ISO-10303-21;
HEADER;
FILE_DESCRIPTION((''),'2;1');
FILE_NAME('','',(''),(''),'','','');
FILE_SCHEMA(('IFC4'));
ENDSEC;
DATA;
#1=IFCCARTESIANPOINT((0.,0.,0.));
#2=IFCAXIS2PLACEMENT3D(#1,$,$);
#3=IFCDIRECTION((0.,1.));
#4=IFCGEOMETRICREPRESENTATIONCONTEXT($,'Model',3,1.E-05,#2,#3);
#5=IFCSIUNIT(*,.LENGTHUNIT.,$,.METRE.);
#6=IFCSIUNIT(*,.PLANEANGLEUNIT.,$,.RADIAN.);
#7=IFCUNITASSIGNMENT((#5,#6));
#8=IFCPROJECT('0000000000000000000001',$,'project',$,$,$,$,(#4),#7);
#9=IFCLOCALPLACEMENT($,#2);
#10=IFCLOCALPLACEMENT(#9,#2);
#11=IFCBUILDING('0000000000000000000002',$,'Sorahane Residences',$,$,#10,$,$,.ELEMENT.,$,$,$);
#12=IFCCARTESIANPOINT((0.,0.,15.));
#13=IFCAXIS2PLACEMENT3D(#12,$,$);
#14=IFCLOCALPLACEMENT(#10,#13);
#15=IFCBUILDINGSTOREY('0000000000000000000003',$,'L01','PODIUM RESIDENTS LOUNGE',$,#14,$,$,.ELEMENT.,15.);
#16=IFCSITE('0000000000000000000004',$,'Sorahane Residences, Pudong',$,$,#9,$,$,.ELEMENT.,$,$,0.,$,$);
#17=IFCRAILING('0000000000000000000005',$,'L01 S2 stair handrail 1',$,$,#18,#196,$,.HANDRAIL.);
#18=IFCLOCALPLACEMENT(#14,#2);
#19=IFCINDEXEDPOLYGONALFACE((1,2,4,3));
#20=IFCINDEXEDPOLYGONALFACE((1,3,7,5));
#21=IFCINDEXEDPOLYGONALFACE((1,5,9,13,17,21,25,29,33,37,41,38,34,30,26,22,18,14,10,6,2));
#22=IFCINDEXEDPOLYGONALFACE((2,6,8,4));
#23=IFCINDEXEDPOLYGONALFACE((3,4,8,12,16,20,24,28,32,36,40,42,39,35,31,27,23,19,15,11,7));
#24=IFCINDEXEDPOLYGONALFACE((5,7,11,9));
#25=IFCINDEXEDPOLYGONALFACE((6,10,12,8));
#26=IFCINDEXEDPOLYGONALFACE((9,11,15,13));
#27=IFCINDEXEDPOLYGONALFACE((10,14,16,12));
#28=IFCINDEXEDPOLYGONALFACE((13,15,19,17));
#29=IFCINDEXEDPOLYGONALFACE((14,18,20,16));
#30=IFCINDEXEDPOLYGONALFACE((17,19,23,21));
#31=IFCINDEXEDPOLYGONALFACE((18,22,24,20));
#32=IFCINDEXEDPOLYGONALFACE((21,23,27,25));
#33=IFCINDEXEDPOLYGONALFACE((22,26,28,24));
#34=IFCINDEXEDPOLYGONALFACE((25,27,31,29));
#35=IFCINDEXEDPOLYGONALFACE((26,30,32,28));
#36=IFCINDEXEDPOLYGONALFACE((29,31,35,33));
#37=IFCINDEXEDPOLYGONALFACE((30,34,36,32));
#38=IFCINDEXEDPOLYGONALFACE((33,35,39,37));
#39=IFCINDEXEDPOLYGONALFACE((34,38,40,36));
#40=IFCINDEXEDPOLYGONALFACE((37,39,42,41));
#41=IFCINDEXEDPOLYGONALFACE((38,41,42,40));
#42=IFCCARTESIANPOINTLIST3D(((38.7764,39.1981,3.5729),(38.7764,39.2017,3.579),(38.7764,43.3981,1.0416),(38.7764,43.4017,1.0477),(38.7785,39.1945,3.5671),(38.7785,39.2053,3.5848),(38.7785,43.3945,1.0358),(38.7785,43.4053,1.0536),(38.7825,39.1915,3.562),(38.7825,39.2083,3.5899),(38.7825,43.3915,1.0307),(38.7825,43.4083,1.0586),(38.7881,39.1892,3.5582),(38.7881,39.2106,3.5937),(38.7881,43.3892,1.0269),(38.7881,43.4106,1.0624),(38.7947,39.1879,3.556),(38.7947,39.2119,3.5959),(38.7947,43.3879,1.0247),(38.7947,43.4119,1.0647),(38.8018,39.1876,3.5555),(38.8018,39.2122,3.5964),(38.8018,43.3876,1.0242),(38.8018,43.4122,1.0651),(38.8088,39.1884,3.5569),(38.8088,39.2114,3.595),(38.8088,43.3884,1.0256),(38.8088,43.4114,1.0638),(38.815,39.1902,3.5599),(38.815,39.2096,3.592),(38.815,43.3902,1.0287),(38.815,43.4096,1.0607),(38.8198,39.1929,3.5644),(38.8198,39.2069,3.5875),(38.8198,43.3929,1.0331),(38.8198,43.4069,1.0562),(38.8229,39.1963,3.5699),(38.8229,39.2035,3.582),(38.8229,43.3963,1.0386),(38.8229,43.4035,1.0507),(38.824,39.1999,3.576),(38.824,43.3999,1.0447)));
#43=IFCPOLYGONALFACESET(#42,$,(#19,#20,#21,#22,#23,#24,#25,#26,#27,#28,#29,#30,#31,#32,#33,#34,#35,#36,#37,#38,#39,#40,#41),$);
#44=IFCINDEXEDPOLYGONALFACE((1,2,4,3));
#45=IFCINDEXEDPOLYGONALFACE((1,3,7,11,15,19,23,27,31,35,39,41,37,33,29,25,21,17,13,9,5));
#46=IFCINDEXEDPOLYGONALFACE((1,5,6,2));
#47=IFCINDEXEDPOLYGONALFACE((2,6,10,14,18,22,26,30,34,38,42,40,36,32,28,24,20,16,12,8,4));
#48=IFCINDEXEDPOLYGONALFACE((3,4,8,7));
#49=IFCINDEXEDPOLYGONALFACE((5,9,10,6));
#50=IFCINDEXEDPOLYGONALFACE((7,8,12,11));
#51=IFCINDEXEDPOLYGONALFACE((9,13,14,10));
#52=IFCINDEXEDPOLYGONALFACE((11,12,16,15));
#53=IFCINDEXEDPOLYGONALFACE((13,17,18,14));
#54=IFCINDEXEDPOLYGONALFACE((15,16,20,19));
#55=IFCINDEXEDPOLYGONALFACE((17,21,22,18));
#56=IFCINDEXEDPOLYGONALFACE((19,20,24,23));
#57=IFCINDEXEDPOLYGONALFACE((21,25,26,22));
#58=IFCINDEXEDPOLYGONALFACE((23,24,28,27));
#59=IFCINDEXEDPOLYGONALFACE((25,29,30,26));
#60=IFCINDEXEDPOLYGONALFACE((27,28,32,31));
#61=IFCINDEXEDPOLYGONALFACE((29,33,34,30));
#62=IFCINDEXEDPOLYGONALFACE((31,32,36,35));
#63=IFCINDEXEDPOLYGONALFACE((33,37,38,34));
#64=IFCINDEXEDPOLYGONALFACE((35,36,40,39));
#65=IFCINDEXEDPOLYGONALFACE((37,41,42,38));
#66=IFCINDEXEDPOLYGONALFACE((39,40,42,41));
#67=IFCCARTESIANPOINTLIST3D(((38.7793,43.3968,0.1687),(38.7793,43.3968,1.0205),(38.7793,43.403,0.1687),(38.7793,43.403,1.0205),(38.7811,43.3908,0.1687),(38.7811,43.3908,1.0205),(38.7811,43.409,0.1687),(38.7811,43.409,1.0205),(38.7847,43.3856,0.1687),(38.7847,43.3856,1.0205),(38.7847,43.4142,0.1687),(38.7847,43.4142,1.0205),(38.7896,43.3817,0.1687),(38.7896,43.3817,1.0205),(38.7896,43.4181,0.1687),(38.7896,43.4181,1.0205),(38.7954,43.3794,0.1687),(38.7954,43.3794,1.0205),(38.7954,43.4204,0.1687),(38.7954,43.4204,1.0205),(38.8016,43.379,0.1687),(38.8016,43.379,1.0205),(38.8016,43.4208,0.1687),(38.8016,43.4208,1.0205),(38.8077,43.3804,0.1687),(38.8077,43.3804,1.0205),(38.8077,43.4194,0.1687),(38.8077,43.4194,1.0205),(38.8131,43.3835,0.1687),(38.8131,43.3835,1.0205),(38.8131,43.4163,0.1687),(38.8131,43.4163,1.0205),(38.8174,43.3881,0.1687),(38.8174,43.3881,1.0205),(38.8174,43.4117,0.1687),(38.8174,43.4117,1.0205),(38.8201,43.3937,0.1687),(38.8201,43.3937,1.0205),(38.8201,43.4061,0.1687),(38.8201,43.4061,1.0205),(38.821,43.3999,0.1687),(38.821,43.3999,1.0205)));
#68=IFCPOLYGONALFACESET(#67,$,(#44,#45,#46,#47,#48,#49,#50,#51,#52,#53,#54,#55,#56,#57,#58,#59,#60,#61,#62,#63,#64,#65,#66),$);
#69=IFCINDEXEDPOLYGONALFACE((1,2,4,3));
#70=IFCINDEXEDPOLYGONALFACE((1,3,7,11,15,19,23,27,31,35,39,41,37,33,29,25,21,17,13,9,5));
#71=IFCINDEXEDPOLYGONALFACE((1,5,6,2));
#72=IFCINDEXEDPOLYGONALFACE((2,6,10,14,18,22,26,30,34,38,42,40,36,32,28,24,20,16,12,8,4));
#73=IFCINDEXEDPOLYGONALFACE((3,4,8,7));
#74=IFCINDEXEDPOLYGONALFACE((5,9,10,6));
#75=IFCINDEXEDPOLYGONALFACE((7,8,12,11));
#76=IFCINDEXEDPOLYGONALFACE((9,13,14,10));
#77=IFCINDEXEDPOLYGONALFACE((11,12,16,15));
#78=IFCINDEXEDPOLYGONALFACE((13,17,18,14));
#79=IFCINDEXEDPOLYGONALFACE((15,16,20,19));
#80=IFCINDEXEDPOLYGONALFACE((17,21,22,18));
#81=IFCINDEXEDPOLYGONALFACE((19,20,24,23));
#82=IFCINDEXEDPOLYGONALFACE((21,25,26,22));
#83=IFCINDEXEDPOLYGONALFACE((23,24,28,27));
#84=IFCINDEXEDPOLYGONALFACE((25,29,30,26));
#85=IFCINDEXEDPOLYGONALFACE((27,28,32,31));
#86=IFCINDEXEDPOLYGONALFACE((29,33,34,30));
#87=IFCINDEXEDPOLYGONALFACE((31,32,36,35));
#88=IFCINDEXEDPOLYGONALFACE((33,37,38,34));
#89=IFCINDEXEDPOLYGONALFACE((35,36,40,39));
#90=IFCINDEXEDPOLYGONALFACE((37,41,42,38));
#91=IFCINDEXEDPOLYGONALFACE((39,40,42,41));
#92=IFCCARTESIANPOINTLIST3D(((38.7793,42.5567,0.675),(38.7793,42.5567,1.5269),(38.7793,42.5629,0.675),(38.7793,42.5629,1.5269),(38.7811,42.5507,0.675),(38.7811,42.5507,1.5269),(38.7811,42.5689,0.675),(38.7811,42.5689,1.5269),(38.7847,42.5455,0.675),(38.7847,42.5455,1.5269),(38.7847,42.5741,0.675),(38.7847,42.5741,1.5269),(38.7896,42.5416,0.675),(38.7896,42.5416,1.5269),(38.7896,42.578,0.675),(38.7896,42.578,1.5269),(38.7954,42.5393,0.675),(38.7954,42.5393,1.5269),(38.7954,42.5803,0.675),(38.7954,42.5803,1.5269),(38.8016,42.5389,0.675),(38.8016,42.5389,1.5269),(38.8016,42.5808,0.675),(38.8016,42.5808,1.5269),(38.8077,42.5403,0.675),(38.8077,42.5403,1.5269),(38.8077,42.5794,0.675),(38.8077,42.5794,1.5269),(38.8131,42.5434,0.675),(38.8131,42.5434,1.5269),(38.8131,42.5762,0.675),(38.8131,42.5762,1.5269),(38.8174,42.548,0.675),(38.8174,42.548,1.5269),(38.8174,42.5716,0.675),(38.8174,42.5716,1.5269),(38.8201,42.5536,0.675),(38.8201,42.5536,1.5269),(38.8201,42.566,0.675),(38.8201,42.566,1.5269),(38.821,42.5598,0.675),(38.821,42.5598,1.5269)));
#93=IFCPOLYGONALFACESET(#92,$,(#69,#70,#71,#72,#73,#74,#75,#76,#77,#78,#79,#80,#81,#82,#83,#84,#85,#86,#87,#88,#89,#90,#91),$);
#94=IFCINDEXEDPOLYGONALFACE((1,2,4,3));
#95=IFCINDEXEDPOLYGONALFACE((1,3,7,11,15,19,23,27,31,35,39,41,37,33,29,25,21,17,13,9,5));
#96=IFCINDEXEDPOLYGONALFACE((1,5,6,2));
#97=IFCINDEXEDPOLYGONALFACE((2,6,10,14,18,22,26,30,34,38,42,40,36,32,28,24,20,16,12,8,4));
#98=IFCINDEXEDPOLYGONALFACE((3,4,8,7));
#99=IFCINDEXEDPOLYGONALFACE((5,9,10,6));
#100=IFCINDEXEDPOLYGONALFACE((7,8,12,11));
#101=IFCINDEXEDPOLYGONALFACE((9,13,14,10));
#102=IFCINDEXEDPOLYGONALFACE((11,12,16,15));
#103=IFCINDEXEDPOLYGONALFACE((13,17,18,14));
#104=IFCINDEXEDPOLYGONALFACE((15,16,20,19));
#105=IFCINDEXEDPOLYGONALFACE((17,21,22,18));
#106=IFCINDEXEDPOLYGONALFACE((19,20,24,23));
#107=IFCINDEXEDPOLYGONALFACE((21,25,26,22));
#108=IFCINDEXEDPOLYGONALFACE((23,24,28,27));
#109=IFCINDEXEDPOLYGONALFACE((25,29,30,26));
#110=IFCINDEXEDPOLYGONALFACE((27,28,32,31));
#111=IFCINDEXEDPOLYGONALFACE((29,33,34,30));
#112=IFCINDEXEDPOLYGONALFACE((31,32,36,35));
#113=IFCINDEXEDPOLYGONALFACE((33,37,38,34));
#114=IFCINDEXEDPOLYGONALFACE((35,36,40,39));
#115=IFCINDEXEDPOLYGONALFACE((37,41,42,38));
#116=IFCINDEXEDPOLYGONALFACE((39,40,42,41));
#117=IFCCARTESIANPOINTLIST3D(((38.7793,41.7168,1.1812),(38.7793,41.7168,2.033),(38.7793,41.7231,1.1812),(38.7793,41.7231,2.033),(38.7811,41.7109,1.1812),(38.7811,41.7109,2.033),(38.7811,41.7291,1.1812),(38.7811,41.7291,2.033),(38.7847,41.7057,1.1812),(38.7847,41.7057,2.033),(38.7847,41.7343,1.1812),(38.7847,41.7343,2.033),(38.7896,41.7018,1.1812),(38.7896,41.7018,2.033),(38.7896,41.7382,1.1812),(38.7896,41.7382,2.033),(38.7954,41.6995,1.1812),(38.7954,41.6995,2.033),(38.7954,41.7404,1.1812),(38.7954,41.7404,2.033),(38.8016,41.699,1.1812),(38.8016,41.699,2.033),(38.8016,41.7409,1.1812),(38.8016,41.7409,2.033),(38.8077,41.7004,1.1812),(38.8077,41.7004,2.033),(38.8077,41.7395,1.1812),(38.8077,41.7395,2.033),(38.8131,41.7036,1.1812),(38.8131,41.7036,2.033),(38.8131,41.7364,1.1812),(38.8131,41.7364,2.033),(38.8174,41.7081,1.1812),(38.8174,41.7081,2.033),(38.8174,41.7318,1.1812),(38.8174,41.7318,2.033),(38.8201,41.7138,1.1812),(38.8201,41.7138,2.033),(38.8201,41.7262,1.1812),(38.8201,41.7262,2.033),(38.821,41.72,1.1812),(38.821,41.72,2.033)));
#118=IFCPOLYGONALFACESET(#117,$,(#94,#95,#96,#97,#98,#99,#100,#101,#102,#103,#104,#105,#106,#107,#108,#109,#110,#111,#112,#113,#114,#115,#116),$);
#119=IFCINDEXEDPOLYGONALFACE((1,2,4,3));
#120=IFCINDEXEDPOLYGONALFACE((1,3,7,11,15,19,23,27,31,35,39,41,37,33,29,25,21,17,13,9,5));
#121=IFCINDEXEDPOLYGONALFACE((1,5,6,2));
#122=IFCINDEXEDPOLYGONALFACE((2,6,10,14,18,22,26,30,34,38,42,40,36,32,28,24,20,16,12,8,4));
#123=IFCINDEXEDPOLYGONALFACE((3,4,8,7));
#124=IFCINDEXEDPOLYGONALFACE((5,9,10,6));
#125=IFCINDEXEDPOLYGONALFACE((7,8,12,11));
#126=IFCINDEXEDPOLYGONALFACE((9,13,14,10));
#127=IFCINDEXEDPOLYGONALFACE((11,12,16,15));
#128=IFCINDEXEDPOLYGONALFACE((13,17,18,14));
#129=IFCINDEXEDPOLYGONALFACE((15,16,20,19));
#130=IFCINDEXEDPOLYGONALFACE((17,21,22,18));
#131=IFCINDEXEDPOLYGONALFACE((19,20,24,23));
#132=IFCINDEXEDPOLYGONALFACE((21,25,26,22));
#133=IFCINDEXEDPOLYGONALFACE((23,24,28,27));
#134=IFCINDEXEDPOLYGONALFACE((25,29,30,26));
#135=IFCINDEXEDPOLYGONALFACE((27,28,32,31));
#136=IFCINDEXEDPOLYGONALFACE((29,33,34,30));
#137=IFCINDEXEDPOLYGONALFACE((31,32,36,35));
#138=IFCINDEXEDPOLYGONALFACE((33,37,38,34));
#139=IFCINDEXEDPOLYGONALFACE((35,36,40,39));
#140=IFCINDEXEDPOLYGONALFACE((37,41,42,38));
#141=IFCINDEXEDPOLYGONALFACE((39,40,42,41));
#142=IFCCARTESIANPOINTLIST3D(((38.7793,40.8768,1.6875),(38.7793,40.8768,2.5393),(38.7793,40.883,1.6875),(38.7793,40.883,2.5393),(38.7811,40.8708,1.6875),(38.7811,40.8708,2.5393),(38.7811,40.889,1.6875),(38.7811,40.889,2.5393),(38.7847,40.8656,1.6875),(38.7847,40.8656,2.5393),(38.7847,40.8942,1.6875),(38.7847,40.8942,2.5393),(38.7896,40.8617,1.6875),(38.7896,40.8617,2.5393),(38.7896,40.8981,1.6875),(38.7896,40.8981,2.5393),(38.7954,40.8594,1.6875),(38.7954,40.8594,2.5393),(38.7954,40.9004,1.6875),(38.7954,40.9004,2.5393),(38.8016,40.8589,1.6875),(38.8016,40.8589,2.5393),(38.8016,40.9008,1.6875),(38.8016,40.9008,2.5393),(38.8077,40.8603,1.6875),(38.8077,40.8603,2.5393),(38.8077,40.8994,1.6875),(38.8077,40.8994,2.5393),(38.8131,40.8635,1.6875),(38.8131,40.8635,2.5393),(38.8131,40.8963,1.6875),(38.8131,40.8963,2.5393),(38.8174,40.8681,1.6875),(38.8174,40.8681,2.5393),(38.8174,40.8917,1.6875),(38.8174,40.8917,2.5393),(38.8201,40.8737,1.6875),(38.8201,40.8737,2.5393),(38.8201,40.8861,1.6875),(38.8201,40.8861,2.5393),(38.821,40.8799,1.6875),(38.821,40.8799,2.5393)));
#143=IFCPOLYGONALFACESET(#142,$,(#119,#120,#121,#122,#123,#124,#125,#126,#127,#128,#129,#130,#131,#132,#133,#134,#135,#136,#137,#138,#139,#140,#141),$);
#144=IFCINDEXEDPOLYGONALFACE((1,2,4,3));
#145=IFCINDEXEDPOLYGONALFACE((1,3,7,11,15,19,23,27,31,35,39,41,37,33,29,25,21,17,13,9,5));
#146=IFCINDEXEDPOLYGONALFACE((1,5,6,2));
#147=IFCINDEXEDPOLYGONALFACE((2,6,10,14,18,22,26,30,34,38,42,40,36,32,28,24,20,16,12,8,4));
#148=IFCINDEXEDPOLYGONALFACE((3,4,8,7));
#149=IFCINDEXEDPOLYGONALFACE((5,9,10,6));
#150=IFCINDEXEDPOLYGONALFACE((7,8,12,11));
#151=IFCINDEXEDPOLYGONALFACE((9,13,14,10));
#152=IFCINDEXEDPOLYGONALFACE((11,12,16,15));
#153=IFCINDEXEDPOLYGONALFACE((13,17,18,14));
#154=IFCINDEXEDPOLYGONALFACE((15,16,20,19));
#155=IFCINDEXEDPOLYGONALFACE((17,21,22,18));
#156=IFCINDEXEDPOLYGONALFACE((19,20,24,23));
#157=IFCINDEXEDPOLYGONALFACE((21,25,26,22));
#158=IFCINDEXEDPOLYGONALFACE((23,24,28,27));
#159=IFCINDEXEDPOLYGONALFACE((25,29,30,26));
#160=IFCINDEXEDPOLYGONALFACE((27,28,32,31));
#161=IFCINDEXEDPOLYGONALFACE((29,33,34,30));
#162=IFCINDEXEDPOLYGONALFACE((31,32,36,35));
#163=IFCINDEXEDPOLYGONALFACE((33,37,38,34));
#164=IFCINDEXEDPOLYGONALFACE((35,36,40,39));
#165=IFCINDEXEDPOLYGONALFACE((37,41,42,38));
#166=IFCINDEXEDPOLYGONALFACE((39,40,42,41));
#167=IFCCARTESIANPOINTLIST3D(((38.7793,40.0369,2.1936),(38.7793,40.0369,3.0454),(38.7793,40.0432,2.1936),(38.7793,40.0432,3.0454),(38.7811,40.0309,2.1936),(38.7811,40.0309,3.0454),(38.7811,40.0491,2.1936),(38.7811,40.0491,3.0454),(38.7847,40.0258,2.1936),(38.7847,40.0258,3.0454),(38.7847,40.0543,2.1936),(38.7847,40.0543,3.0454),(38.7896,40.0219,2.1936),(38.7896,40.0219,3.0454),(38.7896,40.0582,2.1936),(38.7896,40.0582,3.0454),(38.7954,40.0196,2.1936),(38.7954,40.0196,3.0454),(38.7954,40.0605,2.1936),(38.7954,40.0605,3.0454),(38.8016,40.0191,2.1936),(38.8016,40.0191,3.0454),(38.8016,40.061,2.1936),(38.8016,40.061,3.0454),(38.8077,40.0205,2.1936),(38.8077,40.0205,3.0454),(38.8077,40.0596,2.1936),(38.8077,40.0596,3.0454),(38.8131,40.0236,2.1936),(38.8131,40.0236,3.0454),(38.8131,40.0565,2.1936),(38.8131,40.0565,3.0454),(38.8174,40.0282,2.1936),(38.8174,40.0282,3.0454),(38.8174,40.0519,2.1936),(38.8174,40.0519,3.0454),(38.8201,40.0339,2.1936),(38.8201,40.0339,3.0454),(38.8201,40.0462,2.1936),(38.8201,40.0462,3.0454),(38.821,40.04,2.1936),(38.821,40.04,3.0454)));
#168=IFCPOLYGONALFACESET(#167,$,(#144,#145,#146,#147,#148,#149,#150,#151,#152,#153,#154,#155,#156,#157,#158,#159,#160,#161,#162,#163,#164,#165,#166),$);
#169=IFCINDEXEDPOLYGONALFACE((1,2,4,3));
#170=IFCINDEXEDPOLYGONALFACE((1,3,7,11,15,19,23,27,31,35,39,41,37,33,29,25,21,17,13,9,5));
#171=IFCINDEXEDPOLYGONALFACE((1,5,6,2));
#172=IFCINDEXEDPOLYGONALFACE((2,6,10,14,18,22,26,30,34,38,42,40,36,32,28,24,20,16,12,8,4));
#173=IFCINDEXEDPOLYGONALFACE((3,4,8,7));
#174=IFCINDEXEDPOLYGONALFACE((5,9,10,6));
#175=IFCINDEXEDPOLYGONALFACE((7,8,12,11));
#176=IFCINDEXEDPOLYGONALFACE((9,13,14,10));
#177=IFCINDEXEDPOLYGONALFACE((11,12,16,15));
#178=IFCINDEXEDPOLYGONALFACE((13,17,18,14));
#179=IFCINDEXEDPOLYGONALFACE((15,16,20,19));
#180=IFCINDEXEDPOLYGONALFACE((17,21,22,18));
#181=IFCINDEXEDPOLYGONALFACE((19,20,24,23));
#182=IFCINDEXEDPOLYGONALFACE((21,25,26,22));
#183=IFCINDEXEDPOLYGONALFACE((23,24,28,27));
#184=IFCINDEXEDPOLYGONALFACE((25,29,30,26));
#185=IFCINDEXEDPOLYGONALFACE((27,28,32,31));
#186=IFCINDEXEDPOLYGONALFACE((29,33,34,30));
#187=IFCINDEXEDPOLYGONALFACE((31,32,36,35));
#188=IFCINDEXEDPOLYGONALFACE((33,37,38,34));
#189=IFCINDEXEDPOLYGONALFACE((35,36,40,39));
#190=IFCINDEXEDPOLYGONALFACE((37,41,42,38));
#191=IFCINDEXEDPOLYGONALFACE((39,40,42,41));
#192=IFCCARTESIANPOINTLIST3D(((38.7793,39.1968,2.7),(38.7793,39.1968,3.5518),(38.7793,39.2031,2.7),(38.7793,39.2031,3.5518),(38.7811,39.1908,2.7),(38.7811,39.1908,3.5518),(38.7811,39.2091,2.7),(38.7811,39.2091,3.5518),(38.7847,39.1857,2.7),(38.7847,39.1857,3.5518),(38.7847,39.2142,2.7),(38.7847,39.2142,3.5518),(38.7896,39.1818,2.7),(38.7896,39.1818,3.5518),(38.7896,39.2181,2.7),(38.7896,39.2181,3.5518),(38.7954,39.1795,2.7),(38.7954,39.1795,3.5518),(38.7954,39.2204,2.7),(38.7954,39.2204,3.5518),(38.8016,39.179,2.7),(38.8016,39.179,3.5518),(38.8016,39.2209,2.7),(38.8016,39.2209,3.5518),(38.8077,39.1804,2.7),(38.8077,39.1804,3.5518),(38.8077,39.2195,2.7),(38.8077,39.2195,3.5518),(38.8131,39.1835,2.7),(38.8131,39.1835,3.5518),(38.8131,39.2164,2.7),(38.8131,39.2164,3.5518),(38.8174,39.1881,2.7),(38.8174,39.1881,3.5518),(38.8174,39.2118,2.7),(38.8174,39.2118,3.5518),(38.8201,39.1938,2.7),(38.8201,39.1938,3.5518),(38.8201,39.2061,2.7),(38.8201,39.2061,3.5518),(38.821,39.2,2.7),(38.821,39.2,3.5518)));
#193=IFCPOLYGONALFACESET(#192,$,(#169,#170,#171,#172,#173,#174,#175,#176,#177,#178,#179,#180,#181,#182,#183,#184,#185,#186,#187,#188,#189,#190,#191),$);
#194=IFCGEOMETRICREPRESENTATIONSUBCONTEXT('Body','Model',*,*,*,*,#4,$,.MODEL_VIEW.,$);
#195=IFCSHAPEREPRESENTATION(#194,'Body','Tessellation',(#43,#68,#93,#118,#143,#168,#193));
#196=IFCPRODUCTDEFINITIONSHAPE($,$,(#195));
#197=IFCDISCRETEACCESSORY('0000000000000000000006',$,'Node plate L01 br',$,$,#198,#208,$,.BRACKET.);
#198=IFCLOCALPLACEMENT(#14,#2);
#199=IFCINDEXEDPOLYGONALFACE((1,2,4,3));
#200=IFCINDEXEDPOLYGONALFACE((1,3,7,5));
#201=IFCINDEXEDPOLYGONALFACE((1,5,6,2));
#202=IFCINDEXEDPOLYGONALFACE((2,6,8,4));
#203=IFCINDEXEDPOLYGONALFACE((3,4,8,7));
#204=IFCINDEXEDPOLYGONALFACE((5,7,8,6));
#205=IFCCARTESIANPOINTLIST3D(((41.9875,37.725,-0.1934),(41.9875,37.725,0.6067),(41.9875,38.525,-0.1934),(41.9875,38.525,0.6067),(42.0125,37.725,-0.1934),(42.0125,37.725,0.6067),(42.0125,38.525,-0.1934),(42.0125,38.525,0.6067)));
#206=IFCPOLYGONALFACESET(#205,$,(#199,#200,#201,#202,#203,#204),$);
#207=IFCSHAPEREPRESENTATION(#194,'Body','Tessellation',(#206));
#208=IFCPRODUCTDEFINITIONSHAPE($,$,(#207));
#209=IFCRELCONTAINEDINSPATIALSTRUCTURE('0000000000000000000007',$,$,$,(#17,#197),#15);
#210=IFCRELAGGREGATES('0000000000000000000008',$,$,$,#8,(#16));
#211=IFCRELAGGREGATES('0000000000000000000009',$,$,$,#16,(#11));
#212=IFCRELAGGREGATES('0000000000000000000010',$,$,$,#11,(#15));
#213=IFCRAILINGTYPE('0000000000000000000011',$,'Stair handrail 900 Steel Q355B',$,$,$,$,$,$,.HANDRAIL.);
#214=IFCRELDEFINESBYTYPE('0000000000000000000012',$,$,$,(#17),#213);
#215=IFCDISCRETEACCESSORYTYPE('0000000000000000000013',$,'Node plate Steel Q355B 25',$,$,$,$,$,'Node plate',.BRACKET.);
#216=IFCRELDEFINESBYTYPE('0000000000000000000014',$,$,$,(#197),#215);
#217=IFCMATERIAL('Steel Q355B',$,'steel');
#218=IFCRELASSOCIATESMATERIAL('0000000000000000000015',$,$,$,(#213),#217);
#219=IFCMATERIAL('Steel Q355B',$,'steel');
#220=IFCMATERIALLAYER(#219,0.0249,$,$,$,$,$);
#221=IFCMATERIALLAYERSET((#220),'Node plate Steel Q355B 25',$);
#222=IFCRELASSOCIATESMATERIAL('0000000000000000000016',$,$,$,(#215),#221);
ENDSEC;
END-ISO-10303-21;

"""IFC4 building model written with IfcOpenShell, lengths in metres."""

from ifc_helpers import new_model, si_unit, direction, frame, origin, origin_2d, place, context, subcontext, project, spatial, rectangle, circle, extrude, material, layer, layer_set, type_object, element, save


model = new_model("IFC4")

# Units and contexts
model_context = context("Model", 3, precision=1e-05, world=origin(), true_north=direction((0.0, 1.0)))
body_context = subcontext(model_context, "Body", "Model", "MODEL_VIEW")
ifc_project = project(units=[si_unit("LENGTHUNIT", "METRE"), si_unit("PLANEANGLEUNIT", "RADIAN")], contexts=[model_context])

# Site, building, storey
site_placement = place(None, origin())
site = spatial("IfcSite", under=ifc_project, at=site_placement, Name="Sorahane Residences, Pudong", CompositionType="ELEMENT", RefElevation=0.0)
building_placement = place(site_placement, origin())
building = spatial("IfcBuilding", under=site, at=building_placement, Name="Sorahane Residences", CompositionType="ELEMENT")
storey_placement = place(building_placement, frame((0.0, 0.0, 15.0)))
storey = spatial("IfcBuildingStorey", under=building, at=storey_placement, Name="L01", Description="PODIUM RESIDENTS LOUNGE", CompositionType="ELEMENT", Elevation=15.0)

# Railing
ifc_material_1 = material(Name="Steel Q355B", Category="steel")
railing_type_1 = type_object("IfcRailingType", Name="Stair handrail 900 Steel Q355B", PredefinedType="HANDRAIL", material=ifc_material_1)
railing_1_placement = place(storey_placement, frame((38.8, 43.3999, 0.1687)))
element("IfcRailing", 1, at=railing_1_placement, inside=storey, type_object=railing_type_1, Name="L01 S2 stair handrail 1", PredefinedType="HANDRAIL", context=body_context, shape_type="SweptSolid", body=[
    extrude(circle(Radius=0.0239, at=origin_2d()), frame((0.0, 0.0, 0.876), z_axis=(0.0, -0.856476, 0.516186), x_axis=(1.0, 0.0, 0.0)), (0.0, 0.0, 1.0), 4.9038),
    extrude(circle(Radius=0.021, at=origin_2d()), origin(), (0.0, 0.0, 1.0), 0.8518),
    extrude(circle(Radius=0.021, at=origin_2d()), frame((0.0, -0.8401, 0.5063)), (0.0, 0.0, 1.0), 0.8518),
    extrude(circle(Radius=0.021, at=origin_2d()), frame((0.0, -1.6799, 1.0125)), (0.0, 0.0, 1.0), 0.8518),
    extrude(circle(Radius=0.021, at=origin_2d()), frame((0.0, -2.52, 1.5188)), (0.0, 0.0, 1.0), 0.8518),
    extrude(circle(Radius=0.021, at=origin_2d()), frame((0.0, -3.3599, 2.0249)), (0.0, 0.0, 1.0), 0.8518),
    extrude(circle(Radius=0.021, at=origin_2d()), frame((0.0, -4.2, 2.5312)), (0.0, 0.0, 1.0), 0.8518),
])

# Discrete accessory
ifc_material_2 = material(Name="Steel Q355B", Category="steel")
ifc_layer = layer(ifc_material_2, 0.0249)
ifc_layer_set = layer_set([ifc_layer], Name="Node plate Steel Q355B 25")
discrete_accessory_type = type_object("IfcDiscreteAccessoryType", Name="Node plate Steel Q355B 25", ElementType="Node plate", PredefinedType="BRACKET", material=ifc_layer_set)
for number, where, z_axis, x_axis, name in (
    (2, (42.0, 38.125, -0.1934), (0.0, 0.0, 1.0), (0.0, 1.0, 0.0), "Node plate L01 br"),
):
    element("IfcDiscreteAccessory", number, at=place(storey_placement, frame(where, z_axis=z_axis, x_axis=x_axis)), inside=storey, type_object=discrete_accessory_type, Name=name, PredefinedType="BRACKET", context=body_context, shape_type="SweptSolid", body=[
        extrude(rectangle(XDim=0.8, YDim=0.0249, at=origin_2d()), origin(), (0.0, 0.0, 1.0), 0.8),
    ])

save(model, "model.ifc")
